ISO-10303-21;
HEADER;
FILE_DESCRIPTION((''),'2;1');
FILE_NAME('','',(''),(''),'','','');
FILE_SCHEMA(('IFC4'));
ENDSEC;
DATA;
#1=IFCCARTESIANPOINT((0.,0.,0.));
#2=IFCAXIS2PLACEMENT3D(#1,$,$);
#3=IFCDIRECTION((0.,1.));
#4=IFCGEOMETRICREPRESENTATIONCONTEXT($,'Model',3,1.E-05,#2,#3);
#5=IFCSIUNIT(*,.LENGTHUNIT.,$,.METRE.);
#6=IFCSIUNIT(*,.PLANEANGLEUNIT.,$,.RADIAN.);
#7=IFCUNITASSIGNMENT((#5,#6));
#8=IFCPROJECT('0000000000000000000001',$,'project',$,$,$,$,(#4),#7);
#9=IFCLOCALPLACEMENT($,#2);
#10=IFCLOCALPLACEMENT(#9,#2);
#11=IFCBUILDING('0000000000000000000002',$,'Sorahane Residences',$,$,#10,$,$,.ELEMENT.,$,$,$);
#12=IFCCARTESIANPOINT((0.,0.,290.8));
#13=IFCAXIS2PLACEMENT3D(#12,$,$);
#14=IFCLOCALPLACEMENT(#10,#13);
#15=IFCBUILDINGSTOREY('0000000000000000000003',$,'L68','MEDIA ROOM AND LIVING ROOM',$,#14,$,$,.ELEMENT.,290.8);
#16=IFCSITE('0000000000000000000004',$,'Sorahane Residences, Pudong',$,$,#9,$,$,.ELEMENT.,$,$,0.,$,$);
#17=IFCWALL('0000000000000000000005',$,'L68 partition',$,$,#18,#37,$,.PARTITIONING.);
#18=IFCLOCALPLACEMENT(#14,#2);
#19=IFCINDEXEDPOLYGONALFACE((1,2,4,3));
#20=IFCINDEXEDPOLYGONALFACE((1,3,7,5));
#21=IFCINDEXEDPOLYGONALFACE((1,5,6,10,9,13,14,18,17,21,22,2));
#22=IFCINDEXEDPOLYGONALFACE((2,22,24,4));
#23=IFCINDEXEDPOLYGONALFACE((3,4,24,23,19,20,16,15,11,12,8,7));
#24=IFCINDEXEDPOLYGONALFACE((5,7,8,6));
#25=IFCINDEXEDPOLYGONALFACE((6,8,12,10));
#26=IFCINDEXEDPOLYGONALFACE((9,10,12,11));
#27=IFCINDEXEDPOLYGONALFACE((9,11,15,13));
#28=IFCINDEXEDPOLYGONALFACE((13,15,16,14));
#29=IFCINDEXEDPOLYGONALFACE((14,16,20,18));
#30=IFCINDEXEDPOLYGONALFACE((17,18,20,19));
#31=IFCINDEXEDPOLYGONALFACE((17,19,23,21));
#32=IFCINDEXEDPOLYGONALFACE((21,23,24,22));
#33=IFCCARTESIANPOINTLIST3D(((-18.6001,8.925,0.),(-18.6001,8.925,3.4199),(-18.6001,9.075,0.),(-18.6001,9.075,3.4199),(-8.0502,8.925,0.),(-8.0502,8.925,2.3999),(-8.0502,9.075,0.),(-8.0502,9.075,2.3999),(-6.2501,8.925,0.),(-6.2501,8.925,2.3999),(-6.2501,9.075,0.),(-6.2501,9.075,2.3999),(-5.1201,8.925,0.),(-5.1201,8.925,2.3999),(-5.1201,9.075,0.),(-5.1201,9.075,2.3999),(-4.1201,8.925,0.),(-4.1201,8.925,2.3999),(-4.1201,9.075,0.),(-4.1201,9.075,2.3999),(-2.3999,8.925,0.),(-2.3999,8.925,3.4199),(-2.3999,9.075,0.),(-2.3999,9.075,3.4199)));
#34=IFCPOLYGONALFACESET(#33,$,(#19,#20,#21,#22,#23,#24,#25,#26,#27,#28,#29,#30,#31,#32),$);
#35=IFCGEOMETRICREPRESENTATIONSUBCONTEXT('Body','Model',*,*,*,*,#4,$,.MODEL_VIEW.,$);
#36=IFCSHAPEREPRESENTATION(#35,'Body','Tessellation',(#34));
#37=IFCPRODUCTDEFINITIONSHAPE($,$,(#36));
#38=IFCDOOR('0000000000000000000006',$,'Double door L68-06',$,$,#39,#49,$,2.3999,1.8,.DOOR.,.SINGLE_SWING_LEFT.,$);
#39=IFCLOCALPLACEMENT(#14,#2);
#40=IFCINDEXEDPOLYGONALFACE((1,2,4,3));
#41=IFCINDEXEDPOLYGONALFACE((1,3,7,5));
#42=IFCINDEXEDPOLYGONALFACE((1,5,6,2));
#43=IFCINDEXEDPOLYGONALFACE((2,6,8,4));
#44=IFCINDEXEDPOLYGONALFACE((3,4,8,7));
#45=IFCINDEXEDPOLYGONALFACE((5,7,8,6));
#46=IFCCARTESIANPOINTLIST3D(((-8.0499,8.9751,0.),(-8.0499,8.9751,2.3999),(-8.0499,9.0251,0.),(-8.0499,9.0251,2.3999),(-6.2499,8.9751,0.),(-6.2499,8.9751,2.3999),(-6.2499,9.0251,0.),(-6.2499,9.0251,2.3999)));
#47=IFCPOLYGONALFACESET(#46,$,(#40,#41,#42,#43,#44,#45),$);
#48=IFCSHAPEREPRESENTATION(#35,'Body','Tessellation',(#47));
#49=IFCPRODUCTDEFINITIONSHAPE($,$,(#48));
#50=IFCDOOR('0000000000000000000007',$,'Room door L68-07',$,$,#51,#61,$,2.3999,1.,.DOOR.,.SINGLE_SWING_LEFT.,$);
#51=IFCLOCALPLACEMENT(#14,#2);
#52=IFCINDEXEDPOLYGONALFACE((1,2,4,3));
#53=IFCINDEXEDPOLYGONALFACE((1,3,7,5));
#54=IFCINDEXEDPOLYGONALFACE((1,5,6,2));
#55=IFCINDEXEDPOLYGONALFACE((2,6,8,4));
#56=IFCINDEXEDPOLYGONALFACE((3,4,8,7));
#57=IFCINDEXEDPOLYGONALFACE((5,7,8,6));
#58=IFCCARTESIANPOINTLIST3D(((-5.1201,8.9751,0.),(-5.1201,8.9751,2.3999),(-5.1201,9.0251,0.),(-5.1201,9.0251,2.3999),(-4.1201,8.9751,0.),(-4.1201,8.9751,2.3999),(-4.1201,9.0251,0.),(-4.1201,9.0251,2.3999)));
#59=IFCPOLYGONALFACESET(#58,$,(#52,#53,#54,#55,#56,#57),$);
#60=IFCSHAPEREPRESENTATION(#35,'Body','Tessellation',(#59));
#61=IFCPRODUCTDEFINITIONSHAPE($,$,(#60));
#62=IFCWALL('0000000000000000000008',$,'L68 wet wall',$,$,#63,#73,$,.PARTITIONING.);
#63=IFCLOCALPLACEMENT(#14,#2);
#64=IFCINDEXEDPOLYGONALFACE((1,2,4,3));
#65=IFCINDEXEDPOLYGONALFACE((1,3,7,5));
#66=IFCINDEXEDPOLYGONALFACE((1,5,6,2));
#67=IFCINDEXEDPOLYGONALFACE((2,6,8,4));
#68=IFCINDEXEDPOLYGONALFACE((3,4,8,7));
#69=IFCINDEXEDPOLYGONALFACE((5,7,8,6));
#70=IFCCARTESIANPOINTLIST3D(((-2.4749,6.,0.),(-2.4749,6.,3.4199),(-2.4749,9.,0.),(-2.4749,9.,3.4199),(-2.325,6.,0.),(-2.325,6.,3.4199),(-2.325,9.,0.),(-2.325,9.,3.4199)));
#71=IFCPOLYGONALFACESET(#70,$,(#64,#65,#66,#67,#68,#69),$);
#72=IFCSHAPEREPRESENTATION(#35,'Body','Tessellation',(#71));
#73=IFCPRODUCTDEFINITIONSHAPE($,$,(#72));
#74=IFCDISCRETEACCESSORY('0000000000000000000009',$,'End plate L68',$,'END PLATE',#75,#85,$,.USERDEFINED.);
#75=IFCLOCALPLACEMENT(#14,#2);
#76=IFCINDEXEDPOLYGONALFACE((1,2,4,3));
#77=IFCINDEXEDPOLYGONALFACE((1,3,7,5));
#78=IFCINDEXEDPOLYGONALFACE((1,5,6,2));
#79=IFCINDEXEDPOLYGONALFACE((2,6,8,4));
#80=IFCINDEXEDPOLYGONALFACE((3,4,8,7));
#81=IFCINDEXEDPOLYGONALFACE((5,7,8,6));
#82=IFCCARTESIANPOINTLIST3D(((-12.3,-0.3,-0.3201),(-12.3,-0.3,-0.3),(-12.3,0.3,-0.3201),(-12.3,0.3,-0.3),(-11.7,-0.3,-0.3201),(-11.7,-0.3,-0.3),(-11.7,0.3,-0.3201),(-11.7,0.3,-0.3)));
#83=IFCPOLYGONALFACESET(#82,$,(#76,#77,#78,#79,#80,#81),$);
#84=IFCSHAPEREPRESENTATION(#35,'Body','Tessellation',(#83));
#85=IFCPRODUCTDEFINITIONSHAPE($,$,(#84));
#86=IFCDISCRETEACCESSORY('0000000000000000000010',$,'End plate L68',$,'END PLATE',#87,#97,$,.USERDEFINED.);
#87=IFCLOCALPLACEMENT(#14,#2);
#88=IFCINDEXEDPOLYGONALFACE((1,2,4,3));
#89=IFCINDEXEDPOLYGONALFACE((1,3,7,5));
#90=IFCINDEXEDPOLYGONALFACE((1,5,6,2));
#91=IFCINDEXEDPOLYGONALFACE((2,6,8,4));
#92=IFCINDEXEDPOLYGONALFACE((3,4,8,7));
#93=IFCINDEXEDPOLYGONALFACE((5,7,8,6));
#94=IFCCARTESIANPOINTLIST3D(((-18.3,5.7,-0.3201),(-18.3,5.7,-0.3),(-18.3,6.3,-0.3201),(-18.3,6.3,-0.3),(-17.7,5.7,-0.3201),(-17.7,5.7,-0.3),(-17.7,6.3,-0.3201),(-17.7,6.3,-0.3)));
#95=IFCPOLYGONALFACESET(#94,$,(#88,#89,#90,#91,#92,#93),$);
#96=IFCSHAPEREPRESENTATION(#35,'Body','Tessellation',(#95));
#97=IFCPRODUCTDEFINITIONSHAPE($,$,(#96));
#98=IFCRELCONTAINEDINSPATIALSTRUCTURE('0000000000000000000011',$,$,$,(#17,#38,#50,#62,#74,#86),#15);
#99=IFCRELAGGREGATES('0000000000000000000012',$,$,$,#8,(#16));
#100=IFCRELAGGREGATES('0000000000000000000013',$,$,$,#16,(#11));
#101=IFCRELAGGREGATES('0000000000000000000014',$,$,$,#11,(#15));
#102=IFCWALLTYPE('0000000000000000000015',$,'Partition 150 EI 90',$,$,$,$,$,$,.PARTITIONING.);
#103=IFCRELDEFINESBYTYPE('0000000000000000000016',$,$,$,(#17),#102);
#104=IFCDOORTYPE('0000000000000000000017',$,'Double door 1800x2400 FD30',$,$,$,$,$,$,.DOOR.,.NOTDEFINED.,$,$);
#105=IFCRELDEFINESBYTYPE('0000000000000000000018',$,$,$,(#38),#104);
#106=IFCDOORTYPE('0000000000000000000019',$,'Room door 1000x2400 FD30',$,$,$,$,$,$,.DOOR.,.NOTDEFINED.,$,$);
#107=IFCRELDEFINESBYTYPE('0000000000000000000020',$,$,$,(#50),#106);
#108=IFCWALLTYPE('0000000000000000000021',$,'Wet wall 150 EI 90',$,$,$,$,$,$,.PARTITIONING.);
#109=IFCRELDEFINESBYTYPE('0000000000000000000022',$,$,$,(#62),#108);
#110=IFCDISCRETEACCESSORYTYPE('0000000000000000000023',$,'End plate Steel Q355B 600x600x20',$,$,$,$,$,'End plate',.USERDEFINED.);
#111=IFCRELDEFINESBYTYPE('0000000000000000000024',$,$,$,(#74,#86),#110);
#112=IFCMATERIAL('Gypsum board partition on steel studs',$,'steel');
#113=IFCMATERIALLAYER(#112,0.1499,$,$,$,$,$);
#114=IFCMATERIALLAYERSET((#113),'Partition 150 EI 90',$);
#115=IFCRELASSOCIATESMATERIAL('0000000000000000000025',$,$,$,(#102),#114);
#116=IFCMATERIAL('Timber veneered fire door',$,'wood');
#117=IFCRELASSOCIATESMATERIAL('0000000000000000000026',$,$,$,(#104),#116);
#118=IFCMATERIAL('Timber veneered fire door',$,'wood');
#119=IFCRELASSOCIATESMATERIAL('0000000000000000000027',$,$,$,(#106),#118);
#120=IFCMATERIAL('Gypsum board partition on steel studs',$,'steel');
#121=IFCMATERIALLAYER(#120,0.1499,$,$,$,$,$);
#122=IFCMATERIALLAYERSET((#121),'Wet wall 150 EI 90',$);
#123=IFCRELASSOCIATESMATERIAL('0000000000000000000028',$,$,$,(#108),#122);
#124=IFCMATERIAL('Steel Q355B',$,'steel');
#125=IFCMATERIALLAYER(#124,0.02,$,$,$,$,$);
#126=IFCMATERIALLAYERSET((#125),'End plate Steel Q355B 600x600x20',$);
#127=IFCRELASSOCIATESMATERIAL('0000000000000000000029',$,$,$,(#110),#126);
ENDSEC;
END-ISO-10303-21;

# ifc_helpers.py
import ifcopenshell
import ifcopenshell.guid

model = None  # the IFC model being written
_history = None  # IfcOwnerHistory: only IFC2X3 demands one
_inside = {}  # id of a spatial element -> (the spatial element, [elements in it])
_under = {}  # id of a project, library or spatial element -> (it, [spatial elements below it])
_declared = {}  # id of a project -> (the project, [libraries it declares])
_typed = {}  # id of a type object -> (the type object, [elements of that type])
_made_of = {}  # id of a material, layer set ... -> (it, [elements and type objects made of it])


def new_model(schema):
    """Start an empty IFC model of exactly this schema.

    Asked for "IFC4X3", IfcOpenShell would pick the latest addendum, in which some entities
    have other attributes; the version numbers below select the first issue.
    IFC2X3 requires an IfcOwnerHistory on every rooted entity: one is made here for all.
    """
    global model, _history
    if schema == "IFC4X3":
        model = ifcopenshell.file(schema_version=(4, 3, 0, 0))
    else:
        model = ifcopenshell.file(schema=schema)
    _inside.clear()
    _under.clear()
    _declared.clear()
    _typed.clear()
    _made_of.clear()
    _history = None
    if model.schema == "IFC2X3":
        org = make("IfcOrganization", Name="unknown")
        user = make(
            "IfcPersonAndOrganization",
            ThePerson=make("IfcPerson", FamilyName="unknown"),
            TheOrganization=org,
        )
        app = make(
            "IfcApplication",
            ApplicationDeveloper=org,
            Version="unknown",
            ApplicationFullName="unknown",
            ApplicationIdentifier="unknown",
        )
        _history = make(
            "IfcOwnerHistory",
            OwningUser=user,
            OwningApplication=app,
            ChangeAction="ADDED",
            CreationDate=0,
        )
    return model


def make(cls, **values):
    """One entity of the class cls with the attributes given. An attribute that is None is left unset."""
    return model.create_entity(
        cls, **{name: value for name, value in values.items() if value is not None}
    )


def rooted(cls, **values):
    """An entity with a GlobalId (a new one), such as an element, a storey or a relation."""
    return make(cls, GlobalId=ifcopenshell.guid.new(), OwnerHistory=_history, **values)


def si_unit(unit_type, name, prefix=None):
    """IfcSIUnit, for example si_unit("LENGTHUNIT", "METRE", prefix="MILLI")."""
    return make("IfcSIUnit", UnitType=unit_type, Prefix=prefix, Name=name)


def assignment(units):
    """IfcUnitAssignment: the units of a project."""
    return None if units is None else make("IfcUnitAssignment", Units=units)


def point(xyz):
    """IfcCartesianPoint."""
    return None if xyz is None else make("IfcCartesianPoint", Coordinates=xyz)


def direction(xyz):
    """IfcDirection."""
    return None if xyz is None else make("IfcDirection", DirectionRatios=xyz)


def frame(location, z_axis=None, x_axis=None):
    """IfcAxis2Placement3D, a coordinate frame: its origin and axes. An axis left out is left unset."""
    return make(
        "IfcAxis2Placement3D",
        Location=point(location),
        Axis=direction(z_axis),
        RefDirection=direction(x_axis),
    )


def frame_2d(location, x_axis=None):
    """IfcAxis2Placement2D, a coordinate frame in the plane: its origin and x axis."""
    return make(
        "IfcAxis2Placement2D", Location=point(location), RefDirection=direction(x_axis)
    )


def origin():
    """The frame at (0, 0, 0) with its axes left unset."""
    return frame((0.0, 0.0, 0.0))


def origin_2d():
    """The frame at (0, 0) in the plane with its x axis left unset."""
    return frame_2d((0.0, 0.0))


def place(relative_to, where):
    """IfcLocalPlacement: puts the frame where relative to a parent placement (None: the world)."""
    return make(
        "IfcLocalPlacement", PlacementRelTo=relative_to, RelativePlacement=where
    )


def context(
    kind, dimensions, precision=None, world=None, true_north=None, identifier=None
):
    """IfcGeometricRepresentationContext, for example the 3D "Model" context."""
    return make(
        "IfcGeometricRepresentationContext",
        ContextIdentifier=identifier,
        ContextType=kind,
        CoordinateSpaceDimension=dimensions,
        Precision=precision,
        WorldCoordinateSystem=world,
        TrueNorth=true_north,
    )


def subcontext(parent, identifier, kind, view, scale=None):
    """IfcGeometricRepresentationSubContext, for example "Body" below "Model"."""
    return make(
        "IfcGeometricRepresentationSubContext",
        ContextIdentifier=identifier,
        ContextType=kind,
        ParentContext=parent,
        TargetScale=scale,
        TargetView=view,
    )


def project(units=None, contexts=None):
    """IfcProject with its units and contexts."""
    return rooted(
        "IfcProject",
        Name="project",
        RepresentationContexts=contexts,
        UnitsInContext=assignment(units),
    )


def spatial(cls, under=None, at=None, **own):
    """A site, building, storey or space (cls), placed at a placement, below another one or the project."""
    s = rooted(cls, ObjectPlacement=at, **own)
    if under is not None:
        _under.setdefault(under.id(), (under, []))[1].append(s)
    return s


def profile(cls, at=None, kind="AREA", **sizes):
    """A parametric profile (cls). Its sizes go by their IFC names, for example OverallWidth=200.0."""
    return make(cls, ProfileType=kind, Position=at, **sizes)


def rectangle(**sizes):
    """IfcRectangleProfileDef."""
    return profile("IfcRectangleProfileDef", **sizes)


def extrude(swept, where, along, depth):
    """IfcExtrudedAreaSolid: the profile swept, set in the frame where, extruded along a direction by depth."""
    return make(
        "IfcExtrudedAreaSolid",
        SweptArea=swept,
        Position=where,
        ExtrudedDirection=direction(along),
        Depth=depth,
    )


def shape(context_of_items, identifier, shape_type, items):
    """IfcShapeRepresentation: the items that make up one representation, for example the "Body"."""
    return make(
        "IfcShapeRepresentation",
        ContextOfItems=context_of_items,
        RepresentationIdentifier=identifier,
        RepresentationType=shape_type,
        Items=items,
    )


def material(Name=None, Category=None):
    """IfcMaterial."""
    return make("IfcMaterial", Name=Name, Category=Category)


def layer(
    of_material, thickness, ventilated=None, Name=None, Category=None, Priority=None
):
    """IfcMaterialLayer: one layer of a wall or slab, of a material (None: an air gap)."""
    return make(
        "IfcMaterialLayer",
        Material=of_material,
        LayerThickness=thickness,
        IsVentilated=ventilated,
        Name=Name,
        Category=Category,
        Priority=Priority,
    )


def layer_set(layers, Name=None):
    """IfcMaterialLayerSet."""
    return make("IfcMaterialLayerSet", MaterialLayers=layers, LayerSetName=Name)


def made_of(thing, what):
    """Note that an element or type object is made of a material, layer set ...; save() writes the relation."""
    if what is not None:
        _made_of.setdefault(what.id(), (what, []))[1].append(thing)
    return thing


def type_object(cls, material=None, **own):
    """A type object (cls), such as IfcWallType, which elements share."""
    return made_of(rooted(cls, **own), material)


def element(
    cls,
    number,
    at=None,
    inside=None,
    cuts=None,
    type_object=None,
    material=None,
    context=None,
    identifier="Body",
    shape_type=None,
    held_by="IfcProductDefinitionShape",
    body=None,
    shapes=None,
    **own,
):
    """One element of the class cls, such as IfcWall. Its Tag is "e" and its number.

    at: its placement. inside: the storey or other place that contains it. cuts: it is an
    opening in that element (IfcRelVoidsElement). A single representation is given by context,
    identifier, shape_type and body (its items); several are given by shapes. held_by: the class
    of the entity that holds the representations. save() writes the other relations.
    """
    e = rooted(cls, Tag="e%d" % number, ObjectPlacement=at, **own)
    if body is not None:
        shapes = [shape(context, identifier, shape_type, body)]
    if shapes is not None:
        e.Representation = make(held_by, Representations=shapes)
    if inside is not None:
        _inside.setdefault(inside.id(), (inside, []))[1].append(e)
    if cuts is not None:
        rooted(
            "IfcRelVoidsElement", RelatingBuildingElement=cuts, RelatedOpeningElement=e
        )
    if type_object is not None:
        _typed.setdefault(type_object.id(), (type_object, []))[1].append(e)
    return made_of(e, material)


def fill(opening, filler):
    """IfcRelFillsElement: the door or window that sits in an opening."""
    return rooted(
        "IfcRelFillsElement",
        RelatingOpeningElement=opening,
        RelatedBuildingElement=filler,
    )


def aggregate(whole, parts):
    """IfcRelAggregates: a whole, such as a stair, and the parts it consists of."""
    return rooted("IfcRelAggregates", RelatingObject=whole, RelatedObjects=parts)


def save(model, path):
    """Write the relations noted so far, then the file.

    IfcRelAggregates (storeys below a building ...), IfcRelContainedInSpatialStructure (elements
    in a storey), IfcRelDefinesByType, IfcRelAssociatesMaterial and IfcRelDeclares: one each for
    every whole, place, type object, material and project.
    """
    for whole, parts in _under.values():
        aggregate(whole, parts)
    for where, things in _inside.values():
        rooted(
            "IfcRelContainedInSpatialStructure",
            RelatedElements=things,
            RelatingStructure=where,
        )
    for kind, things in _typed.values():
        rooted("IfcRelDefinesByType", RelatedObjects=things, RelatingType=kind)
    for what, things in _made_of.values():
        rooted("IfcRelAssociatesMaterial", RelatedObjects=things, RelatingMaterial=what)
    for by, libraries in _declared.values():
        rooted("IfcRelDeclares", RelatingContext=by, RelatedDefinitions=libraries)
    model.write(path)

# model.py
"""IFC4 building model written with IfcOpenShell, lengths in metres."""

from ifc_helpers import new_model, si_unit, direction, frame, frame_2d, origin, origin_2d, place, context, subcontext, project, spatial, rectangle, extrude, material, layer, layer_set, type_object, element, fill, save


model = new_model("IFC4")

# Units and contexts
model_context = context("Model", 3, precision=1e-05, world=origin(), true_north=direction((0.0, 1.0)))
body_context = subcontext(model_context, "Body", "Model", "MODEL_VIEW")
ifc_project = project(units=[si_unit("LENGTHUNIT", "METRE"), si_unit("PLANEANGLEUNIT", "RADIAN")], contexts=[model_context])

# Site, building, storey
site_placement = place(None, origin())
site = spatial("IfcSite", under=ifc_project, at=site_placement, Name="Sorahane Residences, Pudong", CompositionType="ELEMENT", RefElevation=0.0)
building_placement = place(site_placement, origin())
building = spatial("IfcBuilding", under=site, at=building_placement, Name="Sorahane Residences", CompositionType="ELEMENT")
storey_placement = place(building_placement, frame((0.0, 0.0, 290.8)))
storey = spatial("IfcBuildingStorey", under=building, at=storey_placement, Name="L68", Description="MEDIA ROOM AND LIVING ROOM", CompositionType="ELEMENT", Elevation=290.8)

# Shared definitions
ifc_material_1 = material(Name="Gypsum board partition on steel studs", Category="steel")
ifc_layer_1 = layer(ifc_material_1, 0.1499)
ifc_layer_set_1 = layer_set([ifc_layer_1], Name="Partition 150 EI 90")
wall_type_1 = type_object("IfcWallType", Name="Partition 150 EI 90", PredefinedType="PARTITIONING", material=ifc_layer_set_1)

# Wall, openings, doors
ifc_material_2 = material(Name="Timber veneered fire door", Category="wood")
door_type_1 = type_object("IfcDoorType", Name="Double door 1800x2400 FD30", OperationType="NOTDEFINED", PredefinedType="DOOR", material=ifc_material_2)
ifc_material_3 = material(Name="Timber veneered fire door", Category="wood")
door_type_2 = type_object("IfcDoorType", Name="Room door 1000x2400 FD30", OperationType="NOTDEFINED", PredefinedType="DOOR", material=ifc_material_3)
wall_1_placement = place(storey_placement, frame((-18.6001, 9.0, 0.0), z_axis=(0.0, 0.0, 1.0), x_axis=(1.0, 0.0, 0.0)))
wall_1 = element("IfcWall", 1, at=wall_1_placement, inside=storey, type_object=wall_type_1, Name="L68 partition", PredefinedType="PARTITIONING", context=body_context, shape_type="SweptSolid", body=[
    extrude(rectangle(XDim=16.2002, YDim=0.1499, at=frame_2d((8.1001, 0.0))), origin(), (0.0, 0.0, 1.0), 3.4199),
])
opening_1_placement = place(wall_1_placement, frame((10.55, 0.0, 0.0)))
opening_1 = element("IfcOpeningElement", 2, at=opening_1_placement, cuts=wall_1, PredefinedType="OPENING", context=body_context, shape_type="SweptSolid", body=[
    extrude(rectangle(XDim=1.8, YDim=2.3999, at=frame_2d((0.8999, 1.2))), frame((0.0, 0.085, 0.0), z_axis=(0.0, -1.0, 0.0), x_axis=(1.0, 0.0, 0.0)), (0.0, 0.0, 1.0), 0.1699),
])
opening_2_placement = place(wall_1_placement, frame((13.48, 0.0, 0.0)))
opening_2 = element("IfcOpeningElement", 3, at=opening_2_placement, cuts=wall_1, PredefinedType="OPENING", context=body_context, shape_type="SweptSolid", body=[
    extrude(rectangle(XDim=1.0, YDim=2.3999, at=frame_2d((0.5, 1.2))), frame((0.0, 0.085, 0.0), z_axis=(0.0, -1.0, 0.0), x_axis=(1.0, 0.0, 0.0)), (0.0, 0.0, 1.0), 0.1699),
])
door_1_placement = place(opening_1_placement, frame((1.8, 0.0, 0.0), z_axis=(0.0, 0.0, 1.0), x_axis=(-1.0, 0.0, 0.0)))
door_1 = element("IfcDoor", 4, at=door_1_placement, inside=storey, type_object=door_type_1, Name="Double door L68-06", OperationType="SINGLE_SWING_LEFT", OverallHeight=2.3999, OverallWidth=1.8, PredefinedType="DOOR", context=body_context, shape_type="SweptSolid", body=[
    extrude(rectangle(XDim=1.8, YDim=2.3999, at=frame_2d((0.8999, 1.2))), frame((0.0, 0.0249, 0.0), z_axis=(0.0, -1.0, 0.0), x_axis=(1.0, 0.0, 0.0)), (0.0, 0.0, 1.0), 0.05),
])
fill(opening_1, door_1)
door_2_placement = place(opening_2_placement, frame((1.0, 0.0, 0.0), z_axis=(0.0, 0.0, 1.0), x_axis=(-1.0, 0.0, 0.0)))
door_2 = element("IfcDoor", 5, at=door_2_placement, inside=storey, type_object=door_type_2, Name="Room door L68-07", OperationType="SINGLE_SWING_LEFT", OverallHeight=2.3999, OverallWidth=1.0, PredefinedType="DOOR", context=body_context, shape_type="SweptSolid", body=[
    extrude(rectangle(XDim=1.0, YDim=2.3999, at=frame_2d((0.5, 1.2))), frame((0.0, 0.0249, 0.0), z_axis=(0.0, -1.0, 0.0), x_axis=(1.0, 0.0, 0.0)), (0.0, 0.0, 1.0), 0.05),
])
fill(opening_2, door_2)

# Wall
ifc_material_4 = material(Name="Gypsum board partition on steel studs", Category="steel")
ifc_layer_2 = layer(ifc_material_4, 0.1499)
ifc_layer_set_2 = layer_set([ifc_layer_2], Name="Wet wall 150 EI 90")
wall_type_2 = type_object("IfcWallType", Name="Wet wall 150 EI 90", PredefinedType="PARTITIONING", material=ifc_layer_set_2)
wall_2_placement = place(storey_placement, frame((-2.3999, 6.0, 0.0), z_axis=(0.0, 0.0, 1.0), x_axis=(0.0, 1.0, 0.0)))
element("IfcWall", 6, at=wall_2_placement, inside=storey, type_object=wall_type_2, Name="L68 wet wall", PredefinedType="PARTITIONING", context=body_context, shape_type="SweptSolid", body=[
    extrude(rectangle(XDim=3.0, YDim=0.1499, at=frame_2d((1.5, 0.0))), origin(), (0.0, 0.0, 1.0), 3.4199),
])

# Discrete accessories
ifc_material_5 = material(Name="Steel Q355B", Category="steel")
ifc_layer_3 = layer(ifc_material_5, 0.02)
ifc_layer_set_3 = layer_set([ifc_layer_3], Name="End plate Steel Q355B 600x600x20")
discrete_accessory_type = type_object("IfcDiscreteAccessoryType", Name="End plate Steel Q355B 600x600x20", ElementType="End plate", PredefinedType="USERDEFINED", material=ifc_layer_set_3)
for number, where, z_axis, x_axis, name in (
    (7, (-12.0, 0.0, -0.3201), (0.0, 0.0, 1.0), (1.0, 0.0, 0.0), "End plate L68"),
    (8, (-18.0, 6.0, -0.3201), (0.0, 0.0, 1.0), (1.0, 0.0, 0.0), "End plate L68"),
):
    element("IfcDiscreteAccessory", number, at=place(storey_placement, frame(where, z_axis=z_axis, x_axis=x_axis)), inside=storey, type_object=discrete_accessory_type, Name=name, ObjectType="END PLATE", PredefinedType="USERDEFINED", context=body_context, shape_type="SweptSolid", body=[
        extrude(rectangle(XDim=0.6001, YDim=0.6001, at=origin_2d()), origin(), (0.0, 0.0, 1.0), 0.02),
    ])

save(model, "model.ifc")
